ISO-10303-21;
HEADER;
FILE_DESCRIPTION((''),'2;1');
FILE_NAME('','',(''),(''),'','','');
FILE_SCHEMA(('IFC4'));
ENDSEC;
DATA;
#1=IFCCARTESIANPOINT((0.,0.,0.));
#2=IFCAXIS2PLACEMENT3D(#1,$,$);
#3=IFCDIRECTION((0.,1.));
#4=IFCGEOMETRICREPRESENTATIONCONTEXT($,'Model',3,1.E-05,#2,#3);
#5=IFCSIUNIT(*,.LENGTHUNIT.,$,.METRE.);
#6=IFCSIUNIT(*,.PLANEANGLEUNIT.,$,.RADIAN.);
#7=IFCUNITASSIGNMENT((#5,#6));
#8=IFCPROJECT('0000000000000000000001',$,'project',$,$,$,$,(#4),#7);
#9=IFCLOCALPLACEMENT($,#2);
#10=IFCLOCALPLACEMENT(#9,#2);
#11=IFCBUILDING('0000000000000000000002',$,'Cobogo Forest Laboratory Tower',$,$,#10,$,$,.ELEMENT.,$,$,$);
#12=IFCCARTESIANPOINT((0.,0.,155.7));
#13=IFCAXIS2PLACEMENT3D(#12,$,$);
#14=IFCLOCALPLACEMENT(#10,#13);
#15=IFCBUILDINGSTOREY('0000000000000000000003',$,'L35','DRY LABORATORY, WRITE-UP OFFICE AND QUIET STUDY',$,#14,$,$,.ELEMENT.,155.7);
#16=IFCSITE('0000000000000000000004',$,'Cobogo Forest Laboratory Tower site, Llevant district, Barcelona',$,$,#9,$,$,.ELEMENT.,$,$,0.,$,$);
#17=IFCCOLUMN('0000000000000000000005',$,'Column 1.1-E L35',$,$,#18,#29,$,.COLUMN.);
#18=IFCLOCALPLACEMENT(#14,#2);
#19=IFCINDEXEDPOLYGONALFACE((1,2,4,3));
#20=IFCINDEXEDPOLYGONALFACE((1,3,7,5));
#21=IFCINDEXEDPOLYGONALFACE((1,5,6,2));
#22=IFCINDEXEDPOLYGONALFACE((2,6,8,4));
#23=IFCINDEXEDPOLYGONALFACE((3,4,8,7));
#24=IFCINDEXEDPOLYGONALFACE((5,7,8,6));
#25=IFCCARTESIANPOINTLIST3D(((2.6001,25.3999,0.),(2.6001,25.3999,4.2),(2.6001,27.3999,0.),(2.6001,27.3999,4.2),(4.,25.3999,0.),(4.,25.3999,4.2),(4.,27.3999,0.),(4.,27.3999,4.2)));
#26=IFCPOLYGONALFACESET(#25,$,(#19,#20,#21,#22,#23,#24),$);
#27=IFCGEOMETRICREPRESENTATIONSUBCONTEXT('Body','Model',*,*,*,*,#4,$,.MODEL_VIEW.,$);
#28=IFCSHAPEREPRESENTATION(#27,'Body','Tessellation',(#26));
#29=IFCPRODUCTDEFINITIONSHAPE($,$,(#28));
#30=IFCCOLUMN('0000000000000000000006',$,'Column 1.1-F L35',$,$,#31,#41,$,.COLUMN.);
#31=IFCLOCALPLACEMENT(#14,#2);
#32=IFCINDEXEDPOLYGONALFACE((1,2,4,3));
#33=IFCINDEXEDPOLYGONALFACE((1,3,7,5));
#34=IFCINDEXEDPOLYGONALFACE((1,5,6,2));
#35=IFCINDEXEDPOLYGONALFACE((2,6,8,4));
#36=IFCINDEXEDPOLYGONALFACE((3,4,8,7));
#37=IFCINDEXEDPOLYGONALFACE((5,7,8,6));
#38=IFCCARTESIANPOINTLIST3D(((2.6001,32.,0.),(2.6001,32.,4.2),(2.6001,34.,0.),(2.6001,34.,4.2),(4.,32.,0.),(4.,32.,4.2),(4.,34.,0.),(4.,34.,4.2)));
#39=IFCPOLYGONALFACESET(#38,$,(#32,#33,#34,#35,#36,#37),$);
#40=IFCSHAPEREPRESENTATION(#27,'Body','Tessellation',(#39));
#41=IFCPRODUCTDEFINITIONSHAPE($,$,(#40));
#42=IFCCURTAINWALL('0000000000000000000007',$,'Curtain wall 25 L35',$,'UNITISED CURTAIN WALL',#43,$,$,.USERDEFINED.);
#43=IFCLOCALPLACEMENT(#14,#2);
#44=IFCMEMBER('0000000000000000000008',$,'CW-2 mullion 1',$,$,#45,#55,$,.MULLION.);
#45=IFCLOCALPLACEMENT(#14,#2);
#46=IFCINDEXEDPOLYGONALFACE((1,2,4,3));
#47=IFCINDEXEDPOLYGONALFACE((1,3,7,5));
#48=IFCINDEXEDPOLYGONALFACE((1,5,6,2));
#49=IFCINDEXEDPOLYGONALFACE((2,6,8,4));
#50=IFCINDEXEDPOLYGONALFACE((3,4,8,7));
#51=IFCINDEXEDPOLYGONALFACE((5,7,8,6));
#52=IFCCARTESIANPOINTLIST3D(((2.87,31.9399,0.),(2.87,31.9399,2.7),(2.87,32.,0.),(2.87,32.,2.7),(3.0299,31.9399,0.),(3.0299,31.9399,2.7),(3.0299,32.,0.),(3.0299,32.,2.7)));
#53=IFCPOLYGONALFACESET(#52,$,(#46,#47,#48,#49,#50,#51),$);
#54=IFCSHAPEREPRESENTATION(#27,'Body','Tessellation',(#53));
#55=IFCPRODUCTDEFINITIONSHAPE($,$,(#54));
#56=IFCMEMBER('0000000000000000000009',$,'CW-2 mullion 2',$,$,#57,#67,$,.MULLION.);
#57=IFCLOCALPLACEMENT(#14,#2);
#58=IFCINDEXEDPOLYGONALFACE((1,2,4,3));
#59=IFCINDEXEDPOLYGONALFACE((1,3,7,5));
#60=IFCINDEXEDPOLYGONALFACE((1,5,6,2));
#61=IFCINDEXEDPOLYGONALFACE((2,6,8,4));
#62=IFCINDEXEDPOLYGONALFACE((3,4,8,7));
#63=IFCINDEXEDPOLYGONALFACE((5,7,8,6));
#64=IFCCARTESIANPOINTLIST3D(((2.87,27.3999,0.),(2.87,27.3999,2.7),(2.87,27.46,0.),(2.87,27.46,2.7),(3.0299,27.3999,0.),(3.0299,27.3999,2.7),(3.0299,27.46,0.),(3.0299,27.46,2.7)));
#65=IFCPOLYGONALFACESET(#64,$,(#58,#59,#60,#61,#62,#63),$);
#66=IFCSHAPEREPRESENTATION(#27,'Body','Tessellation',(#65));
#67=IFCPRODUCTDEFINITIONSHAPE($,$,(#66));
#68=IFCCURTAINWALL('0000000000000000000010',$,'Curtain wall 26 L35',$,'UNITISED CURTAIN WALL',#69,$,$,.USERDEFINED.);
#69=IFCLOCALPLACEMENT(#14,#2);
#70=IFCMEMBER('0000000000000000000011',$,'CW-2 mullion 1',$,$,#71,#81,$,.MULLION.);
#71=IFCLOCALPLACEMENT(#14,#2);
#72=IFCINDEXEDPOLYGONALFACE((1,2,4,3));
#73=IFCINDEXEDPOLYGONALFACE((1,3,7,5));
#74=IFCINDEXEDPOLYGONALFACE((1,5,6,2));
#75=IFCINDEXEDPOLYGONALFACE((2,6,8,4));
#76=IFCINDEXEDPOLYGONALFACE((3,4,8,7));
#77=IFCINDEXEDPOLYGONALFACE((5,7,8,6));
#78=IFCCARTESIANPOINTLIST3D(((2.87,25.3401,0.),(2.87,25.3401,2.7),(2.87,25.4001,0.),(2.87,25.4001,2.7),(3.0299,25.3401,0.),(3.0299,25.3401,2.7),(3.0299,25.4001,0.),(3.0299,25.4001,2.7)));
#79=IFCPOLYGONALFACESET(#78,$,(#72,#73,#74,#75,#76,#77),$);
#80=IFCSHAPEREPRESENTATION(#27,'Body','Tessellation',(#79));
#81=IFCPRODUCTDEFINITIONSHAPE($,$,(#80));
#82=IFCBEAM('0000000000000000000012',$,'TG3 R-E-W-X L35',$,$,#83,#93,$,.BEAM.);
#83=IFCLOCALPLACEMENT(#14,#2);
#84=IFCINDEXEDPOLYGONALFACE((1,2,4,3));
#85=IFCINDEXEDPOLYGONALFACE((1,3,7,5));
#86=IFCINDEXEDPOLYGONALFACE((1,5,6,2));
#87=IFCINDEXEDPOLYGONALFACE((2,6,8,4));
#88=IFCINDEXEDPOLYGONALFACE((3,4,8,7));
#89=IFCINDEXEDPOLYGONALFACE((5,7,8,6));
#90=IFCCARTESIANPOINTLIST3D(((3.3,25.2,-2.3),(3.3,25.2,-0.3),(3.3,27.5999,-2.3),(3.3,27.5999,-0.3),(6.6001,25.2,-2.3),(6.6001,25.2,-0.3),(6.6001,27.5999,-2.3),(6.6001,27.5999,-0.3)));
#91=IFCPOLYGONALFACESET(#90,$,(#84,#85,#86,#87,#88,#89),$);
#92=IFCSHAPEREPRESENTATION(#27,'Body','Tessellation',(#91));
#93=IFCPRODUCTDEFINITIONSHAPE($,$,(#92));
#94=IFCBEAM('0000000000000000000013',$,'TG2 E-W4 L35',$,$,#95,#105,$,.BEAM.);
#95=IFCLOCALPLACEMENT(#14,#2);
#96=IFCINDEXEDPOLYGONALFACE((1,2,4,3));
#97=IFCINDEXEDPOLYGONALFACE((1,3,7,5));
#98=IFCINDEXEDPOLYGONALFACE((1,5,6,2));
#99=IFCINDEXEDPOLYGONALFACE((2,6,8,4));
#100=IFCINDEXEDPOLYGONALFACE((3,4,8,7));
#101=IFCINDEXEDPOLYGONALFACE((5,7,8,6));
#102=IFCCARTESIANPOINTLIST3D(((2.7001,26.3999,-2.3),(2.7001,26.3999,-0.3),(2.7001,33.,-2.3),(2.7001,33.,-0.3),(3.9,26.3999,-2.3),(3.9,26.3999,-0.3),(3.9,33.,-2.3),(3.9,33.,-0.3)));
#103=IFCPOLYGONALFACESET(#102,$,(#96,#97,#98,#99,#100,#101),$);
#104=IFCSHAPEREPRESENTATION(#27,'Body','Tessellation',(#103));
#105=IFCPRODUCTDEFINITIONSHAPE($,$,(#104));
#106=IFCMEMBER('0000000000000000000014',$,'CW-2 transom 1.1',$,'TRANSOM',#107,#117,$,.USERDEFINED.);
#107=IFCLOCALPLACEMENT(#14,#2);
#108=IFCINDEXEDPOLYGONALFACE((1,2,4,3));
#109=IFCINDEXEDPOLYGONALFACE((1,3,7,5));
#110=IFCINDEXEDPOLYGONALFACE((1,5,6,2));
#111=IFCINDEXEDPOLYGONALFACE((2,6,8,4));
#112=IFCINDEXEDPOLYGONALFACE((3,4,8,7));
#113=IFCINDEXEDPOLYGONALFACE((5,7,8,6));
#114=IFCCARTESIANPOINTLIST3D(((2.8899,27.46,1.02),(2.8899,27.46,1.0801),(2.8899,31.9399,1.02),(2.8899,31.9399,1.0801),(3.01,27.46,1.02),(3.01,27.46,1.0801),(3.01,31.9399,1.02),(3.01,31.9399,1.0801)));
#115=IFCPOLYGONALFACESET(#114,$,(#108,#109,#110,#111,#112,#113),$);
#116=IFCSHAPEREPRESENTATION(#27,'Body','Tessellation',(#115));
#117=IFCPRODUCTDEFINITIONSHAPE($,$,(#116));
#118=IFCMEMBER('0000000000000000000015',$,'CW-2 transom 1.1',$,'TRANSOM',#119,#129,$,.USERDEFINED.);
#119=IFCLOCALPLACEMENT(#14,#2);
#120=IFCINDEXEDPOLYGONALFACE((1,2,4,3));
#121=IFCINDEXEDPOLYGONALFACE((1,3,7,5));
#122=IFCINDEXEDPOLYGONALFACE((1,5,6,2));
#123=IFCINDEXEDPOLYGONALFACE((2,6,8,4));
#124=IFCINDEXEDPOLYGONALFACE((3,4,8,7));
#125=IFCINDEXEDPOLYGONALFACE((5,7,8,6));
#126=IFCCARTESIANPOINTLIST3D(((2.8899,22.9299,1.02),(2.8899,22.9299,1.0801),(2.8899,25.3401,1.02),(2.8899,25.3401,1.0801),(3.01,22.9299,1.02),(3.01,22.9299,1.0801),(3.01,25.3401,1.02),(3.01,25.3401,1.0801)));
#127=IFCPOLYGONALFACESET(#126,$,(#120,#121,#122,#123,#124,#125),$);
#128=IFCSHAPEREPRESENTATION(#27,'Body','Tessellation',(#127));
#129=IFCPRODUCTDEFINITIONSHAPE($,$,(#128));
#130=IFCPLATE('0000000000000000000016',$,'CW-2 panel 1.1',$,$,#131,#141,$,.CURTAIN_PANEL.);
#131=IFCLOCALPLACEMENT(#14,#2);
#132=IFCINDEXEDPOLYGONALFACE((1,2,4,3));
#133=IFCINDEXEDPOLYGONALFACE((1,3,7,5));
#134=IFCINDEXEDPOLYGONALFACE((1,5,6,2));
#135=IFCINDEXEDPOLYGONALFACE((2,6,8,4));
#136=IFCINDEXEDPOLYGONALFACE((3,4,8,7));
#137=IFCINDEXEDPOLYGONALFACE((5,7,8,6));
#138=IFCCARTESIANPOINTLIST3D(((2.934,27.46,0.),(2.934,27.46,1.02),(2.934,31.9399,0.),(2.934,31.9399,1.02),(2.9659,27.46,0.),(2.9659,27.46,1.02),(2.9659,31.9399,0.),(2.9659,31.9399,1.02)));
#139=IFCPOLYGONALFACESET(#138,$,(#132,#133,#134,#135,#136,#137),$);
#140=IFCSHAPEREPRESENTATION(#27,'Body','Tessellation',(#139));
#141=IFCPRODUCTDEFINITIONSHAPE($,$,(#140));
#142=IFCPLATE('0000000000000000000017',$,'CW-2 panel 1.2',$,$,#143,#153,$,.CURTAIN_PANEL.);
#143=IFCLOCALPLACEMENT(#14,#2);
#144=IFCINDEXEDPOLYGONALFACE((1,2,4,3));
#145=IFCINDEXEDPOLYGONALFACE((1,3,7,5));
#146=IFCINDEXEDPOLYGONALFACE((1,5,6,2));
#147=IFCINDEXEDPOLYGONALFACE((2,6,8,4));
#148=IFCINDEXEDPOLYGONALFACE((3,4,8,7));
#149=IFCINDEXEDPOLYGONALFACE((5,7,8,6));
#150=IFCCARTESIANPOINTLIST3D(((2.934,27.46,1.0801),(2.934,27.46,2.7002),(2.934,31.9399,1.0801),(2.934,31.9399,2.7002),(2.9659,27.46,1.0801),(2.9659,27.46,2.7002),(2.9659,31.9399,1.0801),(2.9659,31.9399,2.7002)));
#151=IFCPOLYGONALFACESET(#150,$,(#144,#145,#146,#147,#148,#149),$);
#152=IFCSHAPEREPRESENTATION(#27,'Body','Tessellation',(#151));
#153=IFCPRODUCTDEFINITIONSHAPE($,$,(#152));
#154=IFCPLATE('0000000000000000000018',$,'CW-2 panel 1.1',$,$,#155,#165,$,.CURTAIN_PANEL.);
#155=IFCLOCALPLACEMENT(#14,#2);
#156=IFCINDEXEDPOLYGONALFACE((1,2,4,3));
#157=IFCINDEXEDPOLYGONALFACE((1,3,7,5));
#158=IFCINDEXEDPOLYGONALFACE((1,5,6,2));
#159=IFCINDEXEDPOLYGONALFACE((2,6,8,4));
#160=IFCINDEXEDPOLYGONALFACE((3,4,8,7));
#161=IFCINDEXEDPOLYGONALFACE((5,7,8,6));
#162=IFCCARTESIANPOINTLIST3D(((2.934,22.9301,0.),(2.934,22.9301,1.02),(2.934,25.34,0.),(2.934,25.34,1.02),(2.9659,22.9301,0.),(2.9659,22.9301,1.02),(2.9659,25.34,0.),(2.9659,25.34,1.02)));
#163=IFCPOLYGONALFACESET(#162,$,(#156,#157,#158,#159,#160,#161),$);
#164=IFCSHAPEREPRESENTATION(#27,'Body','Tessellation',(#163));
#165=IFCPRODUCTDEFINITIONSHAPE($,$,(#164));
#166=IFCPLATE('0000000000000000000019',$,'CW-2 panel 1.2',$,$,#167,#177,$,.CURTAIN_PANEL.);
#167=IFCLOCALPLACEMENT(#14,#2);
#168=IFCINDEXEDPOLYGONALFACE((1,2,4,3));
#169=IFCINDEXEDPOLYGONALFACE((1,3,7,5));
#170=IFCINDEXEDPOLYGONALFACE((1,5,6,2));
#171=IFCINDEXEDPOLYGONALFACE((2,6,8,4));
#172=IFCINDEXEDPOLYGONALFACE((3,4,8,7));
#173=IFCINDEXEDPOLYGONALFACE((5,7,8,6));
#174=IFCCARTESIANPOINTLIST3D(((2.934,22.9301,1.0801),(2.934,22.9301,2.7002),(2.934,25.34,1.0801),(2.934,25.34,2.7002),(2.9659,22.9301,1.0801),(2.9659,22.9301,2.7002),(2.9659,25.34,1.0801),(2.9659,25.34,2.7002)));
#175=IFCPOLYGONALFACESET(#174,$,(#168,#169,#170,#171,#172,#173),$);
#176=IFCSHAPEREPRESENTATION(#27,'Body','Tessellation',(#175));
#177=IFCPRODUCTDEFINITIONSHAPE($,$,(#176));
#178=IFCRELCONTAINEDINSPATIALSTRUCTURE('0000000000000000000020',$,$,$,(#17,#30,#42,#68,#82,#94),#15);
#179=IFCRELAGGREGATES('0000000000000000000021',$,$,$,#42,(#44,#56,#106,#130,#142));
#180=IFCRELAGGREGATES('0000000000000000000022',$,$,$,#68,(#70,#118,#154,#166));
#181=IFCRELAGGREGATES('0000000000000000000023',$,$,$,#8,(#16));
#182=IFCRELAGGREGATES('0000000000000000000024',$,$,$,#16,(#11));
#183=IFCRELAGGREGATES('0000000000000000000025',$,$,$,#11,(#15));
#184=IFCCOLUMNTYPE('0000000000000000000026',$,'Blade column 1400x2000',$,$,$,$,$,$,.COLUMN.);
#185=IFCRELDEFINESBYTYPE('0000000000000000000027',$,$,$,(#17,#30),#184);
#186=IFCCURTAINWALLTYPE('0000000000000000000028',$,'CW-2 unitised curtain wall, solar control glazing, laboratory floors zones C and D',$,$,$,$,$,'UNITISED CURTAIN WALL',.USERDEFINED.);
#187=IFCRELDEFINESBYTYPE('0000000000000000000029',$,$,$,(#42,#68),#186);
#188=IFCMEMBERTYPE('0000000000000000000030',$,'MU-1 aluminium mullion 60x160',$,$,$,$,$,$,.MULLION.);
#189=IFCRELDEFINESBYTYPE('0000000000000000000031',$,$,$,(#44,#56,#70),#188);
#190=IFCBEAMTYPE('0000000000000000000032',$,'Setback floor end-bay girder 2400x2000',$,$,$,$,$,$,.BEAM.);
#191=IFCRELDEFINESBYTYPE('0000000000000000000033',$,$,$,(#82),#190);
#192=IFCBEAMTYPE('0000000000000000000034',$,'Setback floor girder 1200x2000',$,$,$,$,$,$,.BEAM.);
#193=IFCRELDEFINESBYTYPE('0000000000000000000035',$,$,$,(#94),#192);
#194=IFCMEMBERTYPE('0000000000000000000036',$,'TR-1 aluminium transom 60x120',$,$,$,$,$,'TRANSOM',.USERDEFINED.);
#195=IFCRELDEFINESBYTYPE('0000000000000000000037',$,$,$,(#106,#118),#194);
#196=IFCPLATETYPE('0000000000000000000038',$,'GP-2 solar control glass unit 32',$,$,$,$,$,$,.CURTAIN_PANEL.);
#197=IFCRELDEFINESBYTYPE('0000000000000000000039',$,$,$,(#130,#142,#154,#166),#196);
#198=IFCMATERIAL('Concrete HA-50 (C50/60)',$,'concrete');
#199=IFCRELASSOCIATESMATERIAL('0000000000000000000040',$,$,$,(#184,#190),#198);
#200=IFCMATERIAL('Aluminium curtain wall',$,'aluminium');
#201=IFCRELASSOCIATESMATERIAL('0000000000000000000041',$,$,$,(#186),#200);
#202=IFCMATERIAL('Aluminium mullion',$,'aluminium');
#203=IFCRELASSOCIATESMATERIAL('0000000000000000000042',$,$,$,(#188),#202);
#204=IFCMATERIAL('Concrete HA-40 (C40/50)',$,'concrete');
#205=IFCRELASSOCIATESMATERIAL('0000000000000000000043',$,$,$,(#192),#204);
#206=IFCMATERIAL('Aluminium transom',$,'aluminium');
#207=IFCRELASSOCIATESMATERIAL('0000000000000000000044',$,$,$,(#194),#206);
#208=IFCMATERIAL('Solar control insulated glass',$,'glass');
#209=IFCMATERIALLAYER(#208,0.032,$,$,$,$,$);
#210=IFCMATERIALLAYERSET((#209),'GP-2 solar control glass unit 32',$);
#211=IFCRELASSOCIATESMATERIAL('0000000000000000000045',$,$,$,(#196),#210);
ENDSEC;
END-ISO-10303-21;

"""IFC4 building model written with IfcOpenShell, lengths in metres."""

from ifc_helpers import new_model, si_unit, direction, frame, origin, origin_2d, place, context, subcontext, project, spatial, rectangle, extrude, material, layer, layer_set, material_profile, profile_set, type_object, element, aggregate, save


model = new_model("IFC4")

# Units and contexts
model_context = context("Model", 3, precision=1e-05, world=origin(), true_north=direction((0.0, 1.0)))
body_context = subcontext(model_context, "Body", "Model", "MODEL_VIEW")
ifc_project = project(units=[si_unit("LENGTHUNIT", "METRE"), si_unit("PLANEANGLEUNIT", "RADIAN")], contexts=[model_context])

# Site, building, storey
site_placement = place(None, origin())
site = spatial("IfcSite", under=ifc_project, at=site_placement, Name="Cobogo Forest Laboratory Tower site, Llevant district, Barcelona", CompositionType="ELEMENT", RefElevation=0.0)
building_placement = place(site_placement, origin())
building = spatial("IfcBuilding", under=site, at=building_placement, Name="Cobogo Forest Laboratory Tower", CompositionType="ELEMENT")
storey_placement = place(building_placement, frame((0.0, 0.0, 155.7)))
storey = spatial("IfcBuildingStorey", under=building, at=storey_placement, Name="L35", Description="DRY LABORATORY, WRITE-UP OFFICE AND QUIET STUDY", CompositionType="ELEMENT", Elevation=155.7)

# Columns
ifc_material_1 = material(Name="Concrete HA-50 (C50/60)", Category="concrete")
ifc_material_profile_1 = material_profile(ifc_material_1, rectangle(XDim=2.0, YDim=1.3999, at=origin_2d()), Name="RC 1400x2000")
ifc_profile_set_1 = profile_set([ifc_material_profile_1], Name="Concrete HA-50 (C50/60)")
column_type = type_object("IfcColumnType", Name="Blade column 1400x2000", PredefinedType="COLUMN", material=ifc_profile_set_1)
for number, where, z_axis, x_axis, name in (
    (1, (3.3, 26.3999, 0.0), (0.0, 0.0, 1.0), (0.0, 1.0, 0.0), "Column 1.1-E L35"),
    (2, (3.3, 33.0, 0.0), (0.0, 0.0, 1.0), (0.0, 1.0, 0.0), "Column 1.1-F L35"),
):
    element("IfcColumn", number, at=place(storey_placement, frame(where, z_axis=z_axis, x_axis=x_axis)), inside=storey, type_object=column_type, Name=name, PredefinedType="COLUMN", context=body_context, shape_type="SweptSolid", body=[
        extrude(rectangle(XDim=2.0, YDim=1.3999, at=origin_2d()), origin(), (0.0, 0.0, 1.0), 4.2),
    ])

# Curtain wall, members
ifc_material_2 = material(Name="Aluminium curtain wall", Category="aluminium")
curtain_wall_type = type_object("IfcCurtainWallType", Name="CW-2 unitised curtain wall, solar control glazing, laboratory floors zones C and D", ElementType="UNITISED CURTAIN WALL", PredefinedType="USERDEFINED", material=ifc_material_2)
curtain_wall_1_placement = place(storey_placement, origin())
curtain_wall_1 = element("IfcCurtainWall", 3, at=curtain_wall_1_placement, inside=storey, type_object=curtain_wall_type, Name="Curtain wall 25 L35", ObjectType="UNITISED CURTAIN WALL", PredefinedType="USERDEFINED")
ifc_material_3 = material(Name="Aluminium mullion", Category="aluminium")
ifc_material_profile_2 = material_profile(ifc_material_3, rectangle(XDim=0.0601, YDim=0.1599, at=origin_2d()), Name="AL 60x160")
ifc_profile_set_2 = profile_set([ifc_material_profile_2], Name="Aluminium mullion")
member_type_1 = type_object("IfcMemberType", Name="MU-1 aluminium mullion 60x160", PredefinedType="MULLION", material=ifc_profile_set_2)
member_1_placement = place(storey_placement, frame((2.95, 31.97, 0.0), z_axis=(0.0, 0.0, 1.0), x_axis=(0.0, -1.0, 0.0)))
member_1 = element("IfcMember", 4, at=member_1_placement, type_object=member_type_1, Name="CW-2 mullion 1", PredefinedType="MULLION", context=body_context, shape_type="SweptSolid", body=[
    extrude(rectangle(XDim=0.0601, YDim=0.1599, at=origin_2d()), origin(), (0.0, 0.0, 1.0), 2.7),
])
member_2_placement = place(storey_placement, frame((2.95, 27.4299, 0.0), z_axis=(0.0, 0.0, 1.0), x_axis=(0.0, -1.0, 0.0)))
member_2 = element("IfcMember", 5, at=member_2_placement, type_object=member_type_1, Name="CW-2 mullion 2", PredefinedType="MULLION", context=body_context, shape_type="SweptSolid", body=[
    extrude(rectangle(XDim=0.0601, YDim=0.1599, at=origin_2d()), origin(), (0.0, 0.0, 1.0), 2.7),
])

# Curtain wall, member
curtain_wall_2_placement = place(storey_placement, origin())
curtain_wall_2 = element("IfcCurtainWall", 6, at=curtain_wall_2_placement, inside=storey, type_object=curtain_wall_type, Name="Curtain wall 26 L35", ObjectType="UNITISED CURTAIN WALL", PredefinedType="USERDEFINED")
member_3_placement = place(storey_placement, frame((2.95, 25.3701, 0.0), z_axis=(0.0, 0.0, 1.0), x_axis=(0.0, -1.0, 0.0)))
member_3 = element("IfcMember", 7, at=member_3_placement, type_object=member_type_1, Name="CW-2 mullion 1", PredefinedType="MULLION", context=body_context, shape_type="SweptSolid", body=[
    extrude(rectangle(XDim=0.0601, YDim=0.1599, at=origin_2d()), origin(), (0.0, 0.0, 1.0), 2.7),
])

# Beams
ifc_material_profile_3 = material_profile(ifc_material_1, rectangle(XDim=2.3999, YDim=2.0, at=origin_2d()), Name="RC 2400x2000")
ifc_profile_set_3 = profile_set([ifc_material_profile_3], Name="Concrete HA-50 (C50/60)")
beam_type_1 = type_object("IfcBeamType", Name="Setback floor end-bay girder 2400x2000", PredefinedType="BEAM", material=ifc_profile_set_3)
beam_1_placement = place(storey_placement, frame((3.3, 26.3999, -1.3), z_axis=(1.0, 0.0, 0.0), x_axis=(0.0, 1.0, 0.0)))
element("IfcBeam", 8, at=beam_1_placement, inside=storey, type_object=beam_type_1, Name="TG3 R-E-W-X L35", PredefinedType="BEAM", context=body_context, shape_type="SweptSolid", body=[
    extrude(rectangle(XDim=2.3999, YDim=2.0, at=origin_2d()), origin(), (0.0, 0.0, 1.0), 3.3),
])
ifc_material_4 = material(Name="Concrete HA-40 (C40/50)", Category="concrete")
ifc_material_profile_4 = material_profile(ifc_material_4, rectangle(XDim=1.2, YDim=2.0, at=origin_2d()), Name="RC 1200x2000")
ifc_profile_set_4 = profile_set([ifc_material_profile_4], Name="Concrete HA-40 (C40/50)")
beam_type_2 = type_object("IfcBeamType", Name="Setback floor girder 1200x2000", PredefinedType="BEAM", material=ifc_profile_set_4)
beam_2_placement = place(storey_placement, frame((3.3, 26.3999, -1.3), z_axis=(0.0, 1.0, 0.0), x_axis=(-1.0, 0.0, 0.0)))
element("IfcBeam", 9, at=beam_2_placement, inside=storey, type_object=beam_type_2, Name="TG2 E-W4 L35", PredefinedType="BEAM", context=body_context, shape_type="SweptSolid", body=[
    extrude(rectangle(XDim=1.2, YDim=2.0, at=origin_2d()), origin(), (0.0, 0.0, 1.0), 6.6001),
])

# Members
ifc_material_5 = material(Name="Aluminium transom", Category="aluminium")
ifc_material_profile_5 = material_profile(ifc_material_5, rectangle(XDim=0.1201, YDim=0.0601, at=origin_2d()), Name="AL 60x120")
ifc_profile_set_5 = profile_set([ifc_material_profile_5], Name="Aluminium transom")
member_type_2 = type_object("IfcMemberType", Name="TR-1 aluminium transom 60x120", ElementType="TRANSOM", PredefinedType="USERDEFINED", material=ifc_profile_set_5)
member_4_placement = place(storey_placement, frame((2.95, 31.9399, 1.05), z_axis=(0.0, -1.0, 0.0), x_axis=(1.0, 0.0, 0.0)))
member_4 = element("IfcMember", 10, at=member_4_placement, type_object=member_type_2, Name="CW-2 transom 1.1", ObjectType="TRANSOM", PredefinedType="USERDEFINED", context=body_context, shape_type="SweptSolid", body=[
    extrude(rectangle(XDim=0.1201, YDim=0.0601, at=origin_2d()), origin(), (0.0, 0.0, 1.0), 4.48),
])
member_5_placement = place(storey_placement, frame((2.95, 25.3401, 1.05), z_axis=(0.0, -1.0, 0.0), x_axis=(1.0, 0.0, 0.0)))
member_5 = element("IfcMember", 11, at=member_5_placement, type_object=member_type_2, Name="CW-2 transom 1.1", ObjectType="TRANSOM", PredefinedType="USERDEFINED", context=body_context, shape_type="SweptSolid", body=[
    extrude(rectangle(XDim=0.1201, YDim=0.0601, at=origin_2d()), origin(), (0.0, 0.0, 1.0), 2.4102),
])

# Plates
ifc_material_6 = material(Name="Solar control insulated glass", Category="glass")
ifc_layer = layer(ifc_material_6, 0.032)
ifc_layer_set = layer_set([ifc_layer], Name="GP-2 solar control glass unit 32")
plate_type_1 = type_object("IfcPlateType", Name="GP-2 solar control glass unit 32", PredefinedType="CURTAIN_PANEL", material=ifc_layer_set)
plate_1_placement = place(storey_placement, frame((2.95, 29.7, 0.0), z_axis=(0.0, 0.0, 1.0), x_axis=(0.0, -1.0, 0.0)))
plate_1 = element("IfcPlate", 12, at=plate_1_placement, type_object=plate_type_1, Name="CW-2 panel 1.1", PredefinedType="CURTAIN_PANEL", context=body_context, shape_type="SweptSolid", body=[
    extrude(rectangle(XDim=4.48, YDim=0.032, at=origin_2d()), origin(), (0.0, 0.0, 1.0), 1.02),
])
plate_2_placement = place(storey_placement, frame((2.95, 29.7, 1.0801), z_axis=(0.0, 0.0, 1.0), x_axis=(0.0, -1.0, 0.0)))
plate_2 = element("IfcPlate", 13, at=plate_2_placement, type_object=plate_type_1, Name="CW-2 panel 1.2", PredefinedType="CURTAIN_PANEL", context=body_context, shape_type="SweptSolid", body=[
    extrude(rectangle(XDim=4.48, YDim=0.032, at=origin_2d()), origin(), (0.0, 0.0, 1.0), 1.6201),
])
aggregate(curtain_wall_1, [member_1, member_2, member_4, plate_1, plate_2])
plate_3_placement = place(storey_placement, frame((2.95, 24.135, 0.0), z_axis=(0.0, 0.0, 1.0), x_axis=(0.0, -1.0, 0.0)))
plate_3 = element("IfcPlate", 14, at=plate_3_placement, type_object=plate_type_1, Name="CW-2 panel 1.1", PredefinedType="CURTAIN_PANEL", context=body_context, shape_type="SweptSolid", body=[
    extrude(rectangle(XDim=2.4099, YDim=0.032, at=origin_2d()), origin(), (0.0, 0.0, 1.0), 1.02),
])
plate_4_placement = place(storey_placement, frame((2.95, 24.135, 1.0801), z_axis=(0.0, 0.0, 1.0), x_axis=(0.0, -1.0, 0.0)))
plate_4 = element("IfcPlate", 15, at=plate_4_placement, type_object=plate_type_1, Name="CW-2 panel 1.2", PredefinedType="CURTAIN_PANEL", context=body_context, shape_type="SweptSolid", body=[
    extrude(rectangle(XDim=2.4099, YDim=0.032, at=origin_2d()), origin(), (0.0, 0.0, 1.0), 1.6201),
])
aggregate(curtain_wall_2, [member_3, member_5, plate_3, plate_4])

save(model, "model.ifc")
